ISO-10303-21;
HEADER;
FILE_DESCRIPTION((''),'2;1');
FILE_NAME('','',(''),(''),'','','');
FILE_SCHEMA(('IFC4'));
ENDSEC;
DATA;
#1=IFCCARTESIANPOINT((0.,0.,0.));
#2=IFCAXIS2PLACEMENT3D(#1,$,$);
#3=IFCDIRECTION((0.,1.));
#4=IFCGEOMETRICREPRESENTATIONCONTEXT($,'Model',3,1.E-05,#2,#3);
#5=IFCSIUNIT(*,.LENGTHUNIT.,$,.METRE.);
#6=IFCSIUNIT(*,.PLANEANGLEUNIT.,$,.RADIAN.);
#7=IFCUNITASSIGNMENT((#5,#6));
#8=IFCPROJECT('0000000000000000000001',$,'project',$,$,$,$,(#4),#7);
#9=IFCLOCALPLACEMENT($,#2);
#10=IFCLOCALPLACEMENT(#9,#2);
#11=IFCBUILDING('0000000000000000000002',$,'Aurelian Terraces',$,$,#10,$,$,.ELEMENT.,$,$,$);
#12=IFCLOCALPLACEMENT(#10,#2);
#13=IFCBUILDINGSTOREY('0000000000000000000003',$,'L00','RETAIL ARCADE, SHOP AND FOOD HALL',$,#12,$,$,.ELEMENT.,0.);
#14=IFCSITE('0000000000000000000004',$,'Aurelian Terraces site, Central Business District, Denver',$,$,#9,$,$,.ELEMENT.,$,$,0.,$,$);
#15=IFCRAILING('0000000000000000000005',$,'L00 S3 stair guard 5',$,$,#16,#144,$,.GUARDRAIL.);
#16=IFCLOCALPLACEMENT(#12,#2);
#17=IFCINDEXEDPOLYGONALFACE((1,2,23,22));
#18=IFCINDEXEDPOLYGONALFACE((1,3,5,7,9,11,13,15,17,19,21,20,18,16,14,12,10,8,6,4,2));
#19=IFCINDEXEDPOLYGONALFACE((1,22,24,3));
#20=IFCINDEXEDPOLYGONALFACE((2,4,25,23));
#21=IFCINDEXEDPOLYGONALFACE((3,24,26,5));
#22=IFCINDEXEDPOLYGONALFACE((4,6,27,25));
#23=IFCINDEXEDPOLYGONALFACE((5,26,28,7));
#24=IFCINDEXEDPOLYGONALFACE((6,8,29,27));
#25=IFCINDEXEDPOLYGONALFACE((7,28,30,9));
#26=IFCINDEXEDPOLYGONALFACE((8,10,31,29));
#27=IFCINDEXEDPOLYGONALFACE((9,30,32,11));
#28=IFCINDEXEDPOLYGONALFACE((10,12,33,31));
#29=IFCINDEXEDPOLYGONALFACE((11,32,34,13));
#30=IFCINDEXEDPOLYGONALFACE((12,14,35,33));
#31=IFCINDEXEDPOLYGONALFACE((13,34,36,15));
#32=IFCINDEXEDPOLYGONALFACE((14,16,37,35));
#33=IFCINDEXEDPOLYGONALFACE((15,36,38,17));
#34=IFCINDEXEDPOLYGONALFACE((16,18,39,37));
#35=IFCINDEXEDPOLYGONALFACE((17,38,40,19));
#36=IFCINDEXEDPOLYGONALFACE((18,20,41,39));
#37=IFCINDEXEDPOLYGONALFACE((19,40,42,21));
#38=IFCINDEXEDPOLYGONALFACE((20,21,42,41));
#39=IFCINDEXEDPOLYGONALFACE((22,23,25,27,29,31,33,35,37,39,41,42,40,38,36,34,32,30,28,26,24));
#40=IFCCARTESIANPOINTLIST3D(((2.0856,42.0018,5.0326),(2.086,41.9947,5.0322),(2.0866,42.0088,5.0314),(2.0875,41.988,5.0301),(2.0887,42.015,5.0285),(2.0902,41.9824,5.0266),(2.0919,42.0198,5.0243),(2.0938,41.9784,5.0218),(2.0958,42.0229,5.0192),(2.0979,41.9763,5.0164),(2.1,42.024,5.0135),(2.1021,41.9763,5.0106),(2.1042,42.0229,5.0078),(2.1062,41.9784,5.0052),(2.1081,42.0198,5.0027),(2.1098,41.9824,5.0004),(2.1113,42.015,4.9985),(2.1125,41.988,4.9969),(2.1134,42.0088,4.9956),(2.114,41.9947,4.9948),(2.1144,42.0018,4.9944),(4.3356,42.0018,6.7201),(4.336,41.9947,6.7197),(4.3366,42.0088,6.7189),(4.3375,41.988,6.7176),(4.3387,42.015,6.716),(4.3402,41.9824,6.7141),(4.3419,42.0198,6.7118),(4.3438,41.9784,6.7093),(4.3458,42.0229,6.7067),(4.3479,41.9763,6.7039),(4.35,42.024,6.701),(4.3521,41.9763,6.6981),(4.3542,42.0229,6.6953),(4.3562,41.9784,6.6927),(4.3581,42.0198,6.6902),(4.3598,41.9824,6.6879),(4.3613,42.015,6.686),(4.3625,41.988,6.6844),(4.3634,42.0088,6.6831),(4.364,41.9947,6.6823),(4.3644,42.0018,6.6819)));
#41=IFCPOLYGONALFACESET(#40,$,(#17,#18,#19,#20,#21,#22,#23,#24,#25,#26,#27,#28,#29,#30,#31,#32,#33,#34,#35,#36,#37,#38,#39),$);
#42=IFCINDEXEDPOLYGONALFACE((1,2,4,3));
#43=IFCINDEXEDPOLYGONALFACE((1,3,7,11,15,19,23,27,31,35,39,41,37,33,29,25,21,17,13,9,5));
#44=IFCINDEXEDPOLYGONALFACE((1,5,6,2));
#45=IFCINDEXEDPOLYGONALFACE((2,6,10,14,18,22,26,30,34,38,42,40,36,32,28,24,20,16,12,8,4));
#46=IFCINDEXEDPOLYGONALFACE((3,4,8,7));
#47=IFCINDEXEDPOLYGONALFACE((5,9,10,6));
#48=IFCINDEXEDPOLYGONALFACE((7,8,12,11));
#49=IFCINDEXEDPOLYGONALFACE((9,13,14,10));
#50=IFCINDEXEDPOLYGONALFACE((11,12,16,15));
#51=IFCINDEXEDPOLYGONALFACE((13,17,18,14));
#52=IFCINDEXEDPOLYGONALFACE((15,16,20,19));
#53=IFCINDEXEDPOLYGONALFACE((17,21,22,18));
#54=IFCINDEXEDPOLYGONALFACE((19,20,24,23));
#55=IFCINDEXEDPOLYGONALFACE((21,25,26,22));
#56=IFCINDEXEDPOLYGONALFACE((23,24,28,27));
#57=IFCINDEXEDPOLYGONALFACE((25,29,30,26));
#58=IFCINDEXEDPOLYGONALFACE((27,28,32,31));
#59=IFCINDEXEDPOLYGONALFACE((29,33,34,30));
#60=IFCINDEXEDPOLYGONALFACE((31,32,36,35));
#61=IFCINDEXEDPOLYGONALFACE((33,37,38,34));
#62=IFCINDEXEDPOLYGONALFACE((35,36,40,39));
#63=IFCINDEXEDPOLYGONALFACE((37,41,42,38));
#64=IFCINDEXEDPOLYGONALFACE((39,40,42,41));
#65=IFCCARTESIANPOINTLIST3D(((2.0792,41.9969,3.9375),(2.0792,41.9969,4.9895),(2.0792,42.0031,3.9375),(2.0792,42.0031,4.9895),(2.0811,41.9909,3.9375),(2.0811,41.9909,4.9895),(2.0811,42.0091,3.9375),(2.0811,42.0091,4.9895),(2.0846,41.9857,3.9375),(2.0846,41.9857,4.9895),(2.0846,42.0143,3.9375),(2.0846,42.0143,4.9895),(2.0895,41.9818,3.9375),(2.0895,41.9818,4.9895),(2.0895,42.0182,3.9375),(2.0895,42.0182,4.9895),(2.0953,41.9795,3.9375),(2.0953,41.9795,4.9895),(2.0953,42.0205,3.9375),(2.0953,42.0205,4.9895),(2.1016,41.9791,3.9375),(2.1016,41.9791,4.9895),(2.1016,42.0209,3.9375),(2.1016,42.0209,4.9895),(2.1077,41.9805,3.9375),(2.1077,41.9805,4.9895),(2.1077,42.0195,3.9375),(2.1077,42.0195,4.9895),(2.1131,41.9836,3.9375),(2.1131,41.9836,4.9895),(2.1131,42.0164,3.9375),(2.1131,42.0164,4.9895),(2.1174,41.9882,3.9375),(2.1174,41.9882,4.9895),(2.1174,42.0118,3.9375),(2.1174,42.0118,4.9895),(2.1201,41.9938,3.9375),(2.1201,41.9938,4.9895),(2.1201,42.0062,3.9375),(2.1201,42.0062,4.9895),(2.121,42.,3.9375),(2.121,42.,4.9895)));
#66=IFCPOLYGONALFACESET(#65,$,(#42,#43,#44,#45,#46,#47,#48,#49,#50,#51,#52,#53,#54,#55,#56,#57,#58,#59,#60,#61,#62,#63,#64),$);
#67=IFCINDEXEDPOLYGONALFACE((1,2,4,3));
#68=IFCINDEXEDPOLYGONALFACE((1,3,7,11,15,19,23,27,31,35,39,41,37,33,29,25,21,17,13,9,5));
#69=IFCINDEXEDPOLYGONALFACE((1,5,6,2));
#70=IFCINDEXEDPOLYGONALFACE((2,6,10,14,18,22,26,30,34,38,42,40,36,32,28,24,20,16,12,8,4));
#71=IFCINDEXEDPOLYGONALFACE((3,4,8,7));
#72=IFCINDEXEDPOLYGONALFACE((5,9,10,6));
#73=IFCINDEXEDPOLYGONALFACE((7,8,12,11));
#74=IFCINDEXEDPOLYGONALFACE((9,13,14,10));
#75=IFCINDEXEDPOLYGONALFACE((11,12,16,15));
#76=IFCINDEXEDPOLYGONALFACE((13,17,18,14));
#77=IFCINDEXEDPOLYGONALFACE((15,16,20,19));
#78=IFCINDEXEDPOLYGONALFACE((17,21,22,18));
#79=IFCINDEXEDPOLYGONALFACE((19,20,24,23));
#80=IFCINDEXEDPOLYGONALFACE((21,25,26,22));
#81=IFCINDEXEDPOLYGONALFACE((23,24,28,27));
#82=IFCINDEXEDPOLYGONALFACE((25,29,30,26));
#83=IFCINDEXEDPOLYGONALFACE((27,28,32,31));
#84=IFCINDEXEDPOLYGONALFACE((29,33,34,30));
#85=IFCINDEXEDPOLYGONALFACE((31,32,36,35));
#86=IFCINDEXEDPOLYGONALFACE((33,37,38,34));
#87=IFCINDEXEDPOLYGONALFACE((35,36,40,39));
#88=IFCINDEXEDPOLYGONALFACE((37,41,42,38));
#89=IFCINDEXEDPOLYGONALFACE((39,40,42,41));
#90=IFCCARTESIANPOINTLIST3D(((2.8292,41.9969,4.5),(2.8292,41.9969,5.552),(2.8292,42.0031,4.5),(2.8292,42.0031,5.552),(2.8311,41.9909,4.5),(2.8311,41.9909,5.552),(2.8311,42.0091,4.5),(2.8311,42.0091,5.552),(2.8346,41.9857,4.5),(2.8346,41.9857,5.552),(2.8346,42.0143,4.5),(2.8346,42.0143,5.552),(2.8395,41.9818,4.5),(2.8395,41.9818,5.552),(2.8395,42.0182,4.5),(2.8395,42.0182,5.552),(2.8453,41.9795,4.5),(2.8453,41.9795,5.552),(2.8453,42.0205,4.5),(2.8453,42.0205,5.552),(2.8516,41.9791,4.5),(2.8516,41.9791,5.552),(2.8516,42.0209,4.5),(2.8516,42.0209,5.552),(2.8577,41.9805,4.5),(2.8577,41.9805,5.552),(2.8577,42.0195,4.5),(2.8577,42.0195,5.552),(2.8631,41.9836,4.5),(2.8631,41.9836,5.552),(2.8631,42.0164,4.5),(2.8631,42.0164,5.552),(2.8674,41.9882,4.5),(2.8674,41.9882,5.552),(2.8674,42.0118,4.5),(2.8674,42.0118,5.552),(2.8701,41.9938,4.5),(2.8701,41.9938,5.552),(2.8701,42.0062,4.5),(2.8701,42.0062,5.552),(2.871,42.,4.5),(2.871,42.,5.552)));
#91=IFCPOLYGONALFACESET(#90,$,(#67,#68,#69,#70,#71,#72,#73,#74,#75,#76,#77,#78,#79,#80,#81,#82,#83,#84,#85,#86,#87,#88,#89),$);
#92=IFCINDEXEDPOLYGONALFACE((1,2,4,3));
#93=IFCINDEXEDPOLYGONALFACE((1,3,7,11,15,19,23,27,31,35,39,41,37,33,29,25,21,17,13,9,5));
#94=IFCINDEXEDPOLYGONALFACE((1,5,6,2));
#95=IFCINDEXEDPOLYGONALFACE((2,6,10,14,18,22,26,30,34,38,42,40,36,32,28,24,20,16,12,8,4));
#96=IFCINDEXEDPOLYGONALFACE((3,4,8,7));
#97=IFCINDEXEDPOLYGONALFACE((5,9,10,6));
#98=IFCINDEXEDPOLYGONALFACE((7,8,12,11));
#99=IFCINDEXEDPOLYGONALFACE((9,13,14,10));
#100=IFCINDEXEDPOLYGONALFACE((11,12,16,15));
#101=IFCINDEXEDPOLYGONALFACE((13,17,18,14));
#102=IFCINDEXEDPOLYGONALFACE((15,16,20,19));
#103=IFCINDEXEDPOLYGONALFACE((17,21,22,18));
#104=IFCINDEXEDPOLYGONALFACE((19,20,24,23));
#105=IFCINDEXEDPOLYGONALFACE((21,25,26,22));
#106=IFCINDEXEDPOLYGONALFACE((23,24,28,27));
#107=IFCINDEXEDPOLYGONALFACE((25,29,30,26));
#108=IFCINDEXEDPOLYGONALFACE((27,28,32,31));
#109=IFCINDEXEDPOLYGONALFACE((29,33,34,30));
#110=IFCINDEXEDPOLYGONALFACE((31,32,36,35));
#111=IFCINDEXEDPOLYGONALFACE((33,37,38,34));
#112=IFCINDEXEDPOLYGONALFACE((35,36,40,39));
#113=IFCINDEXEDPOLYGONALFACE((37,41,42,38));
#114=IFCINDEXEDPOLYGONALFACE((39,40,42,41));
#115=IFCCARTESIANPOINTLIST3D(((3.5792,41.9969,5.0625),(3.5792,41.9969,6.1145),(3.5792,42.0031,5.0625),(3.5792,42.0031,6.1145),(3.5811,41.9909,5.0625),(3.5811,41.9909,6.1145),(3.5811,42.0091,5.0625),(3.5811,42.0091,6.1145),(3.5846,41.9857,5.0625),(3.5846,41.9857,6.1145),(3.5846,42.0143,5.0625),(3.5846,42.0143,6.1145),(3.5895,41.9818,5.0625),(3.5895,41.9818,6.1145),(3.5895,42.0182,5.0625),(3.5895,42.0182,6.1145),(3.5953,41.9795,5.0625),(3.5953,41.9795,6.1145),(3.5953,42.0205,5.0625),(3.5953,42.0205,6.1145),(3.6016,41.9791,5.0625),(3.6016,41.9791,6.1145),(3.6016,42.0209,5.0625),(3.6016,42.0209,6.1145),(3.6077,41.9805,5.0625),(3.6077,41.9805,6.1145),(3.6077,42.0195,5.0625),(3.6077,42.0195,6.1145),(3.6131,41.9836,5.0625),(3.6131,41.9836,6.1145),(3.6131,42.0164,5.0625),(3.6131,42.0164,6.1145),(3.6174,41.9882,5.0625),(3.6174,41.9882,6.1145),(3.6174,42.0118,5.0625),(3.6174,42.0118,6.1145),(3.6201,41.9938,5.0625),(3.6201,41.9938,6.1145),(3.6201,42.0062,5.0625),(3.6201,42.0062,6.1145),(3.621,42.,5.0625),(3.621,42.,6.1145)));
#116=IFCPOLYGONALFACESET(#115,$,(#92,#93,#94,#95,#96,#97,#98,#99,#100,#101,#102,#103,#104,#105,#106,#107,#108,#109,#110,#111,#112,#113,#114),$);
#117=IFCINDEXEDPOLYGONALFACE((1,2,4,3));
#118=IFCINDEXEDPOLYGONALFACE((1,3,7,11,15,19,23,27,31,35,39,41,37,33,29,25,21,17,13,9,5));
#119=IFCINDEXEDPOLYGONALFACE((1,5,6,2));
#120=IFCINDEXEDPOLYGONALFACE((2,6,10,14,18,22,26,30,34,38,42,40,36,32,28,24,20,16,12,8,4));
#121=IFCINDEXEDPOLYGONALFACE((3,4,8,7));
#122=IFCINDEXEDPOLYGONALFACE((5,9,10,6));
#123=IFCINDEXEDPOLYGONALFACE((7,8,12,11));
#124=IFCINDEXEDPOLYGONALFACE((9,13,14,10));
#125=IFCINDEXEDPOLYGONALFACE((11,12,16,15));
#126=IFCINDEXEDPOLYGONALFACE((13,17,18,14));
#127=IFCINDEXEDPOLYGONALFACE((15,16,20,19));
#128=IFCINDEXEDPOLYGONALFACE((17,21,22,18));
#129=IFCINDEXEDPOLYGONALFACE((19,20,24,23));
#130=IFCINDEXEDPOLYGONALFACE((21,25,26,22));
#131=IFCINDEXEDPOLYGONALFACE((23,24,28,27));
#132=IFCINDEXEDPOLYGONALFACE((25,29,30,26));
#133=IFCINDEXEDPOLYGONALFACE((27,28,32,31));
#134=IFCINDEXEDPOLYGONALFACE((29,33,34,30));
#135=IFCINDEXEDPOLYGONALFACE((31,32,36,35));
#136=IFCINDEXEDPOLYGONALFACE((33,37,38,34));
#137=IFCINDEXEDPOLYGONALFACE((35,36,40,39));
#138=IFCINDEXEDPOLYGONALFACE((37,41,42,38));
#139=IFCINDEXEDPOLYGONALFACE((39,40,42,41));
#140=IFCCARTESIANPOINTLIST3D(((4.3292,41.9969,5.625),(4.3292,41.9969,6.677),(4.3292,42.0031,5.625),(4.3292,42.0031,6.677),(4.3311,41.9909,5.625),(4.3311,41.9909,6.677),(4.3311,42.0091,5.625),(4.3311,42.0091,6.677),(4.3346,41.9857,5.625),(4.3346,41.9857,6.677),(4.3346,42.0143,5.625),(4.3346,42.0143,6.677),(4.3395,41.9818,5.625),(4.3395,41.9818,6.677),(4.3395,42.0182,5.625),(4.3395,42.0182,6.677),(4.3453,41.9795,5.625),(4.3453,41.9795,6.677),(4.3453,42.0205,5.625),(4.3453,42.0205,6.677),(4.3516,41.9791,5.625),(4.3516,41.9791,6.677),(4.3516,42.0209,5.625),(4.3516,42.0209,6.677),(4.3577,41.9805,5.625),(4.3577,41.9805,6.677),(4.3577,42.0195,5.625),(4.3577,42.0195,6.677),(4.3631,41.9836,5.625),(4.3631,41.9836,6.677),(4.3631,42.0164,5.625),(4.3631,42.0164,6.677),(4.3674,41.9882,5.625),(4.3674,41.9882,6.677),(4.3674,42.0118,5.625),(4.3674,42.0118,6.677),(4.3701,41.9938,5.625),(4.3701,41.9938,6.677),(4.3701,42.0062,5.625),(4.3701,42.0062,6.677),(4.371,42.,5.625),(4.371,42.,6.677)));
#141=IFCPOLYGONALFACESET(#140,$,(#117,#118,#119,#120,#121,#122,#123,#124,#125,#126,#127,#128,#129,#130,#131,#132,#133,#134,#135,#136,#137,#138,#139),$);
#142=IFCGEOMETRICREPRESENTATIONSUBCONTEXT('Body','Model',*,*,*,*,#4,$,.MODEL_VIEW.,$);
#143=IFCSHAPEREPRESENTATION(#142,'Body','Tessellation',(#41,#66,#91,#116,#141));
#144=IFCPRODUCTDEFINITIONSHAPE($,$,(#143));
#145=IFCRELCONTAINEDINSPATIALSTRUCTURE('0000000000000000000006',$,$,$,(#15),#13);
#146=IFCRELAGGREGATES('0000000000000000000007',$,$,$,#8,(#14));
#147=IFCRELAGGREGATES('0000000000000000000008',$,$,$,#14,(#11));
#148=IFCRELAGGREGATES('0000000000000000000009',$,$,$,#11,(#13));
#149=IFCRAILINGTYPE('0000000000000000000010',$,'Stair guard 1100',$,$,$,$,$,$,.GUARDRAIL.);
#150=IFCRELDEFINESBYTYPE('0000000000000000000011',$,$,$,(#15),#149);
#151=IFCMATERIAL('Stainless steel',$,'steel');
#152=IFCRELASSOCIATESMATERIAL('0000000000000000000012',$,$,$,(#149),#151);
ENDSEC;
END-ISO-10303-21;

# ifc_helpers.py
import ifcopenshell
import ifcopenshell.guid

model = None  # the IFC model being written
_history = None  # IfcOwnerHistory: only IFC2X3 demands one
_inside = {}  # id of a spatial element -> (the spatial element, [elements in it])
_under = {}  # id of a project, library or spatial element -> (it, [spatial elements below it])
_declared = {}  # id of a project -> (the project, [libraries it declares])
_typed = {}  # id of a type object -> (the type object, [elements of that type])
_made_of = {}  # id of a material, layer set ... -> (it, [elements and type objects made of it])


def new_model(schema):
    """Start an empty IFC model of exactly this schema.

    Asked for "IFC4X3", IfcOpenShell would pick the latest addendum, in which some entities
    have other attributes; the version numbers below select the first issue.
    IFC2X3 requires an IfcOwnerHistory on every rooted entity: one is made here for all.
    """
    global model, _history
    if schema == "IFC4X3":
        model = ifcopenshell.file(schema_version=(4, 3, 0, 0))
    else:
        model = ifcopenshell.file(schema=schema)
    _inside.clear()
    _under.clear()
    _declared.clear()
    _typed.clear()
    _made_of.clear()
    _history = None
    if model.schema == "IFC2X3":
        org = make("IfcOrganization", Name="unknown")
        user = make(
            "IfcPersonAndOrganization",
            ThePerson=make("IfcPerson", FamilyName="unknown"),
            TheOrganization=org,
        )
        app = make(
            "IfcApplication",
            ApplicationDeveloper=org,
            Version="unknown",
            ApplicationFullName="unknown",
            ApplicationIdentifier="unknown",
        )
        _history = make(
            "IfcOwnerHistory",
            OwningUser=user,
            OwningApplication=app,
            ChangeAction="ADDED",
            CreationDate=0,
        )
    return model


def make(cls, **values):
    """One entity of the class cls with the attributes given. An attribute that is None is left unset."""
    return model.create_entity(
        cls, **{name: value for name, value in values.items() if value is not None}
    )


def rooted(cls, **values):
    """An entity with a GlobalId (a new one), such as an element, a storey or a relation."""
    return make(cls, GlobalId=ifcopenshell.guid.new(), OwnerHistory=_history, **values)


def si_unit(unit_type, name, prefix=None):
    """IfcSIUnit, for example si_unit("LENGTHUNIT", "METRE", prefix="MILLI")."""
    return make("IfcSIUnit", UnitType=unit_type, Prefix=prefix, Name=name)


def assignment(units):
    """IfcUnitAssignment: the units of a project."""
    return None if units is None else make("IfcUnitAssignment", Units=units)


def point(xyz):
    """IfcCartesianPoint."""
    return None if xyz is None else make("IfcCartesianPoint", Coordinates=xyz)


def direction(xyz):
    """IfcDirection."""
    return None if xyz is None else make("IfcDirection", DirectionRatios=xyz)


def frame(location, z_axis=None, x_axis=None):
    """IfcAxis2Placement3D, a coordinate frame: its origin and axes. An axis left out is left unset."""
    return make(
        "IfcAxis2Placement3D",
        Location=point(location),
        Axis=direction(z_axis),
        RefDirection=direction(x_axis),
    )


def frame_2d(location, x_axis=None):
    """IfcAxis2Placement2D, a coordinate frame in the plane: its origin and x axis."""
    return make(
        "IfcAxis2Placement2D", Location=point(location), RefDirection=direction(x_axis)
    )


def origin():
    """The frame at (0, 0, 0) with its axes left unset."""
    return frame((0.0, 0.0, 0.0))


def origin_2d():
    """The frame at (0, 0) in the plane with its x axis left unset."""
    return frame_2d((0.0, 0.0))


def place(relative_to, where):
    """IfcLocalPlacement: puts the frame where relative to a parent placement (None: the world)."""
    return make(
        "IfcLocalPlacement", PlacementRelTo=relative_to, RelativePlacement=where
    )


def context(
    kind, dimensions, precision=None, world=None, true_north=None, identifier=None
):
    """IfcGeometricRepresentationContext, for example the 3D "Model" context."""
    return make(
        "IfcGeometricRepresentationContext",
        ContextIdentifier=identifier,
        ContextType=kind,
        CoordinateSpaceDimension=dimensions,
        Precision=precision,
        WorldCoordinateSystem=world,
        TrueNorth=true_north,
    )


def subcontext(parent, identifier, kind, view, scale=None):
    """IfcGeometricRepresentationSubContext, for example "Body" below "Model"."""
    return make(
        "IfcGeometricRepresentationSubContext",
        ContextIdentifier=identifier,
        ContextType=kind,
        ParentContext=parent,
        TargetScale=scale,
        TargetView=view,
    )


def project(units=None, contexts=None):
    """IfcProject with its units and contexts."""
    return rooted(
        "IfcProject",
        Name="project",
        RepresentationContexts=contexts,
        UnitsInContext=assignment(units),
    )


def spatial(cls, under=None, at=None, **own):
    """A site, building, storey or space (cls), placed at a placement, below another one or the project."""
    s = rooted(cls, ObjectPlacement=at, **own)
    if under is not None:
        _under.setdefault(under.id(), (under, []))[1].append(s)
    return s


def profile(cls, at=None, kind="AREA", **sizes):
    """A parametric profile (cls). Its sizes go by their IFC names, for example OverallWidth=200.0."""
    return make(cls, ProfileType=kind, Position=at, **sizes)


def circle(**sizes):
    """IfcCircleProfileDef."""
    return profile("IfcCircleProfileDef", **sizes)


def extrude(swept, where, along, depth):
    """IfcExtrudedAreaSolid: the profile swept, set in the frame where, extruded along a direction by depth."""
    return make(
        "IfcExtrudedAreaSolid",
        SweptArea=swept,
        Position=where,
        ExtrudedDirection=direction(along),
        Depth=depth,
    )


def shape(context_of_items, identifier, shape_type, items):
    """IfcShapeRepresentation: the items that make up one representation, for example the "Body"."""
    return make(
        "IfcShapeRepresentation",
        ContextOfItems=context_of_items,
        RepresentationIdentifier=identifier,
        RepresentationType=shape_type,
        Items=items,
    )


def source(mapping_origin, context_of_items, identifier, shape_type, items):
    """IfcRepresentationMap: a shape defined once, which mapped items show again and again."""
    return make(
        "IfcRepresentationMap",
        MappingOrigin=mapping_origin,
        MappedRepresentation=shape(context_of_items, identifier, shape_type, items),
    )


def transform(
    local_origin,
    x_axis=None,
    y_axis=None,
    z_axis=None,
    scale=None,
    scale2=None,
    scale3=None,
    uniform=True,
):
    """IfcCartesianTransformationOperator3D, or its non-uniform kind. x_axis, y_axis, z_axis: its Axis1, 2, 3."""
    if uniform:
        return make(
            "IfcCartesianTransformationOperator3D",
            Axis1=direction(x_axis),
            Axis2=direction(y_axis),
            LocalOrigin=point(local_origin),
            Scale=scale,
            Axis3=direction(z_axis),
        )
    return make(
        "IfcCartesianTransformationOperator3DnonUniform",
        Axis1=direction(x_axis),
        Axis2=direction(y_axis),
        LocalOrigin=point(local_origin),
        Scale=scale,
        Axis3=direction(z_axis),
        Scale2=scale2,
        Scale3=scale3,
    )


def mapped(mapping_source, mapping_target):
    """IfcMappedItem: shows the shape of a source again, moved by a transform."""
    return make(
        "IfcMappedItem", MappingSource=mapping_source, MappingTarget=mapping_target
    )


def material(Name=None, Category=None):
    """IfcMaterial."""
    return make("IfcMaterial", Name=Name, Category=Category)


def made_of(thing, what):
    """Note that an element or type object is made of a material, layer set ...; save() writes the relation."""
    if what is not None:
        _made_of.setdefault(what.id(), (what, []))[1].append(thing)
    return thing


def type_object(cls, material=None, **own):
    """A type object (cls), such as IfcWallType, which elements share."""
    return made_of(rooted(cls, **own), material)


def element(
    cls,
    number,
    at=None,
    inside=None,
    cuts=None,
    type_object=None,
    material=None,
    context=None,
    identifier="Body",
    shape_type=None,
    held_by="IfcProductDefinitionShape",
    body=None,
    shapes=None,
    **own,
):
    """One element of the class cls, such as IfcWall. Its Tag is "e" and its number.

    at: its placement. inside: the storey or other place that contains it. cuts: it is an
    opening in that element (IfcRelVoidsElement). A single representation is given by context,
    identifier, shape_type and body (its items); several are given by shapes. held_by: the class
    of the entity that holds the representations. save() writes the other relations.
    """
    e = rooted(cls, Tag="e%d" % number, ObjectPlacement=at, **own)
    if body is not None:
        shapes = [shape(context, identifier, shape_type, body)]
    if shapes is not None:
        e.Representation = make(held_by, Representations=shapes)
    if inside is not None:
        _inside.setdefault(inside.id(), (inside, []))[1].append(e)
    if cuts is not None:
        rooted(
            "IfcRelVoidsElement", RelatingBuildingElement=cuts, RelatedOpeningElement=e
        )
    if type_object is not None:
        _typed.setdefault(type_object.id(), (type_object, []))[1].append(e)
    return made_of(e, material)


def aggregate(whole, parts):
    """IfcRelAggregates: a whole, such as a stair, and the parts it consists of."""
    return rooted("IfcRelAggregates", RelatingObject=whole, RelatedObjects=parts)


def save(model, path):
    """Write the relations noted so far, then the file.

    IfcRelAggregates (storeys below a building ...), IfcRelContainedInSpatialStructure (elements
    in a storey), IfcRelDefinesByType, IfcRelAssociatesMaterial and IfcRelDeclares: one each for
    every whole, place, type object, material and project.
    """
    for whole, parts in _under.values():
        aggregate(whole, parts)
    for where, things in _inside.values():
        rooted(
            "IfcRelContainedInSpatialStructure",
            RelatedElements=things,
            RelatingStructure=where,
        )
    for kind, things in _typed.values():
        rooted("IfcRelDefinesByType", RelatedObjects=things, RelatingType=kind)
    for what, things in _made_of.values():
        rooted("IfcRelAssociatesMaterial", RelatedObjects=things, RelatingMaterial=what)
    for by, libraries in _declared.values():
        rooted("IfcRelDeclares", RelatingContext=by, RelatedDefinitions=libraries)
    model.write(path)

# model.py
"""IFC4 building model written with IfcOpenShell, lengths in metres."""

from ifc_helpers import new_model, si_unit, direction, frame, origin, origin_2d, place, context, subcontext, project, spatial, circle, extrude, source, transform, mapped, material, type_object, element, save


model = new_model("IFC4")

# Units and contexts
model_context = context("Model", 3, precision=1e-05, world=origin(), true_north=direction((0.0, 1.0)))
body_context = subcontext(model_context, "Body", "Model", "MODEL_VIEW")
ifc_project = project(units=[si_unit("LENGTHUNIT", "METRE"), si_unit("PLANEANGLEUNIT", "RADIAN")], contexts=[model_context])

# Site, building, storey
site_placement = place(None, origin())
site = spatial("IfcSite", under=ifc_project, at=site_placement, Name="Aurelian Terraces site, Central Business District, Denver", CompositionType="ELEMENT", RefElevation=0.0)
building_placement = place(site_placement, origin())
building = spatial("IfcBuilding", under=site, at=building_placement, Name="Aurelian Terraces", CompositionType="ELEMENT")
storey_placement = place(building_placement, origin())
storey = spatial("IfcBuildingStorey", under=building, at=storey_placement, Name="L00", Description="RETAIL ARCADE, SHOP AND FOOD HALL", CompositionType="ELEMENT", Elevation=0.0)

# Railing
ifc_material_1 = material(Name="Stainless steel", Category="steel")
railing_type_1 = type_object("IfcRailingType", Name="Stair guard 1100", PredefinedType="GUARDRAIL", material=ifc_material_1)
shared_shape_1 = source(origin(), body_context, "Body", "SweptSolid", [
    extrude(circle(Radius=0.024, at=origin_2d()), frame((0.0, 0.0, 1.076), z_axis=(0.8, 0.0, 0.6), x_axis=(0.0, 1.0, 0.0)), (0.0, 0.0, 1.0), 2.8125),
    extrude(circle(Radius=0.021, at=origin_2d()), origin(), (0.0, 0.0, 1.0), 1.052),
    extrude(circle(Radius=0.021, at=origin_2d()), frame((0.75, 0.0, 0.5625)), (0.0, 0.0, 1.0), 1.052),
    extrude(circle(Radius=0.021, at=origin_2d()), frame((1.5, 0.0, 1.125)), (0.0, 0.0, 1.0), 1.052),
    extrude(circle(Radius=0.021, at=origin_2d()), frame((2.25, 0.0, 1.6875)), (0.0, 0.0, 1.0), 1.052),
])
railing_1_placement = place(storey_placement, frame((2.1, 42.0, 3.9375)))
element("IfcRailing", 1, at=railing_1_placement, inside=storey, type_object=railing_type_1, Name="L00 S3 stair guard 5", PredefinedType="GUARDRAIL", context=body_context, shape_type="MappedRepresentation", body=[
    mapped(shared_shape_1, transform((0.0, 0.0, 0.0), scale=1.0)),
])

save(model, "model.ifc")
